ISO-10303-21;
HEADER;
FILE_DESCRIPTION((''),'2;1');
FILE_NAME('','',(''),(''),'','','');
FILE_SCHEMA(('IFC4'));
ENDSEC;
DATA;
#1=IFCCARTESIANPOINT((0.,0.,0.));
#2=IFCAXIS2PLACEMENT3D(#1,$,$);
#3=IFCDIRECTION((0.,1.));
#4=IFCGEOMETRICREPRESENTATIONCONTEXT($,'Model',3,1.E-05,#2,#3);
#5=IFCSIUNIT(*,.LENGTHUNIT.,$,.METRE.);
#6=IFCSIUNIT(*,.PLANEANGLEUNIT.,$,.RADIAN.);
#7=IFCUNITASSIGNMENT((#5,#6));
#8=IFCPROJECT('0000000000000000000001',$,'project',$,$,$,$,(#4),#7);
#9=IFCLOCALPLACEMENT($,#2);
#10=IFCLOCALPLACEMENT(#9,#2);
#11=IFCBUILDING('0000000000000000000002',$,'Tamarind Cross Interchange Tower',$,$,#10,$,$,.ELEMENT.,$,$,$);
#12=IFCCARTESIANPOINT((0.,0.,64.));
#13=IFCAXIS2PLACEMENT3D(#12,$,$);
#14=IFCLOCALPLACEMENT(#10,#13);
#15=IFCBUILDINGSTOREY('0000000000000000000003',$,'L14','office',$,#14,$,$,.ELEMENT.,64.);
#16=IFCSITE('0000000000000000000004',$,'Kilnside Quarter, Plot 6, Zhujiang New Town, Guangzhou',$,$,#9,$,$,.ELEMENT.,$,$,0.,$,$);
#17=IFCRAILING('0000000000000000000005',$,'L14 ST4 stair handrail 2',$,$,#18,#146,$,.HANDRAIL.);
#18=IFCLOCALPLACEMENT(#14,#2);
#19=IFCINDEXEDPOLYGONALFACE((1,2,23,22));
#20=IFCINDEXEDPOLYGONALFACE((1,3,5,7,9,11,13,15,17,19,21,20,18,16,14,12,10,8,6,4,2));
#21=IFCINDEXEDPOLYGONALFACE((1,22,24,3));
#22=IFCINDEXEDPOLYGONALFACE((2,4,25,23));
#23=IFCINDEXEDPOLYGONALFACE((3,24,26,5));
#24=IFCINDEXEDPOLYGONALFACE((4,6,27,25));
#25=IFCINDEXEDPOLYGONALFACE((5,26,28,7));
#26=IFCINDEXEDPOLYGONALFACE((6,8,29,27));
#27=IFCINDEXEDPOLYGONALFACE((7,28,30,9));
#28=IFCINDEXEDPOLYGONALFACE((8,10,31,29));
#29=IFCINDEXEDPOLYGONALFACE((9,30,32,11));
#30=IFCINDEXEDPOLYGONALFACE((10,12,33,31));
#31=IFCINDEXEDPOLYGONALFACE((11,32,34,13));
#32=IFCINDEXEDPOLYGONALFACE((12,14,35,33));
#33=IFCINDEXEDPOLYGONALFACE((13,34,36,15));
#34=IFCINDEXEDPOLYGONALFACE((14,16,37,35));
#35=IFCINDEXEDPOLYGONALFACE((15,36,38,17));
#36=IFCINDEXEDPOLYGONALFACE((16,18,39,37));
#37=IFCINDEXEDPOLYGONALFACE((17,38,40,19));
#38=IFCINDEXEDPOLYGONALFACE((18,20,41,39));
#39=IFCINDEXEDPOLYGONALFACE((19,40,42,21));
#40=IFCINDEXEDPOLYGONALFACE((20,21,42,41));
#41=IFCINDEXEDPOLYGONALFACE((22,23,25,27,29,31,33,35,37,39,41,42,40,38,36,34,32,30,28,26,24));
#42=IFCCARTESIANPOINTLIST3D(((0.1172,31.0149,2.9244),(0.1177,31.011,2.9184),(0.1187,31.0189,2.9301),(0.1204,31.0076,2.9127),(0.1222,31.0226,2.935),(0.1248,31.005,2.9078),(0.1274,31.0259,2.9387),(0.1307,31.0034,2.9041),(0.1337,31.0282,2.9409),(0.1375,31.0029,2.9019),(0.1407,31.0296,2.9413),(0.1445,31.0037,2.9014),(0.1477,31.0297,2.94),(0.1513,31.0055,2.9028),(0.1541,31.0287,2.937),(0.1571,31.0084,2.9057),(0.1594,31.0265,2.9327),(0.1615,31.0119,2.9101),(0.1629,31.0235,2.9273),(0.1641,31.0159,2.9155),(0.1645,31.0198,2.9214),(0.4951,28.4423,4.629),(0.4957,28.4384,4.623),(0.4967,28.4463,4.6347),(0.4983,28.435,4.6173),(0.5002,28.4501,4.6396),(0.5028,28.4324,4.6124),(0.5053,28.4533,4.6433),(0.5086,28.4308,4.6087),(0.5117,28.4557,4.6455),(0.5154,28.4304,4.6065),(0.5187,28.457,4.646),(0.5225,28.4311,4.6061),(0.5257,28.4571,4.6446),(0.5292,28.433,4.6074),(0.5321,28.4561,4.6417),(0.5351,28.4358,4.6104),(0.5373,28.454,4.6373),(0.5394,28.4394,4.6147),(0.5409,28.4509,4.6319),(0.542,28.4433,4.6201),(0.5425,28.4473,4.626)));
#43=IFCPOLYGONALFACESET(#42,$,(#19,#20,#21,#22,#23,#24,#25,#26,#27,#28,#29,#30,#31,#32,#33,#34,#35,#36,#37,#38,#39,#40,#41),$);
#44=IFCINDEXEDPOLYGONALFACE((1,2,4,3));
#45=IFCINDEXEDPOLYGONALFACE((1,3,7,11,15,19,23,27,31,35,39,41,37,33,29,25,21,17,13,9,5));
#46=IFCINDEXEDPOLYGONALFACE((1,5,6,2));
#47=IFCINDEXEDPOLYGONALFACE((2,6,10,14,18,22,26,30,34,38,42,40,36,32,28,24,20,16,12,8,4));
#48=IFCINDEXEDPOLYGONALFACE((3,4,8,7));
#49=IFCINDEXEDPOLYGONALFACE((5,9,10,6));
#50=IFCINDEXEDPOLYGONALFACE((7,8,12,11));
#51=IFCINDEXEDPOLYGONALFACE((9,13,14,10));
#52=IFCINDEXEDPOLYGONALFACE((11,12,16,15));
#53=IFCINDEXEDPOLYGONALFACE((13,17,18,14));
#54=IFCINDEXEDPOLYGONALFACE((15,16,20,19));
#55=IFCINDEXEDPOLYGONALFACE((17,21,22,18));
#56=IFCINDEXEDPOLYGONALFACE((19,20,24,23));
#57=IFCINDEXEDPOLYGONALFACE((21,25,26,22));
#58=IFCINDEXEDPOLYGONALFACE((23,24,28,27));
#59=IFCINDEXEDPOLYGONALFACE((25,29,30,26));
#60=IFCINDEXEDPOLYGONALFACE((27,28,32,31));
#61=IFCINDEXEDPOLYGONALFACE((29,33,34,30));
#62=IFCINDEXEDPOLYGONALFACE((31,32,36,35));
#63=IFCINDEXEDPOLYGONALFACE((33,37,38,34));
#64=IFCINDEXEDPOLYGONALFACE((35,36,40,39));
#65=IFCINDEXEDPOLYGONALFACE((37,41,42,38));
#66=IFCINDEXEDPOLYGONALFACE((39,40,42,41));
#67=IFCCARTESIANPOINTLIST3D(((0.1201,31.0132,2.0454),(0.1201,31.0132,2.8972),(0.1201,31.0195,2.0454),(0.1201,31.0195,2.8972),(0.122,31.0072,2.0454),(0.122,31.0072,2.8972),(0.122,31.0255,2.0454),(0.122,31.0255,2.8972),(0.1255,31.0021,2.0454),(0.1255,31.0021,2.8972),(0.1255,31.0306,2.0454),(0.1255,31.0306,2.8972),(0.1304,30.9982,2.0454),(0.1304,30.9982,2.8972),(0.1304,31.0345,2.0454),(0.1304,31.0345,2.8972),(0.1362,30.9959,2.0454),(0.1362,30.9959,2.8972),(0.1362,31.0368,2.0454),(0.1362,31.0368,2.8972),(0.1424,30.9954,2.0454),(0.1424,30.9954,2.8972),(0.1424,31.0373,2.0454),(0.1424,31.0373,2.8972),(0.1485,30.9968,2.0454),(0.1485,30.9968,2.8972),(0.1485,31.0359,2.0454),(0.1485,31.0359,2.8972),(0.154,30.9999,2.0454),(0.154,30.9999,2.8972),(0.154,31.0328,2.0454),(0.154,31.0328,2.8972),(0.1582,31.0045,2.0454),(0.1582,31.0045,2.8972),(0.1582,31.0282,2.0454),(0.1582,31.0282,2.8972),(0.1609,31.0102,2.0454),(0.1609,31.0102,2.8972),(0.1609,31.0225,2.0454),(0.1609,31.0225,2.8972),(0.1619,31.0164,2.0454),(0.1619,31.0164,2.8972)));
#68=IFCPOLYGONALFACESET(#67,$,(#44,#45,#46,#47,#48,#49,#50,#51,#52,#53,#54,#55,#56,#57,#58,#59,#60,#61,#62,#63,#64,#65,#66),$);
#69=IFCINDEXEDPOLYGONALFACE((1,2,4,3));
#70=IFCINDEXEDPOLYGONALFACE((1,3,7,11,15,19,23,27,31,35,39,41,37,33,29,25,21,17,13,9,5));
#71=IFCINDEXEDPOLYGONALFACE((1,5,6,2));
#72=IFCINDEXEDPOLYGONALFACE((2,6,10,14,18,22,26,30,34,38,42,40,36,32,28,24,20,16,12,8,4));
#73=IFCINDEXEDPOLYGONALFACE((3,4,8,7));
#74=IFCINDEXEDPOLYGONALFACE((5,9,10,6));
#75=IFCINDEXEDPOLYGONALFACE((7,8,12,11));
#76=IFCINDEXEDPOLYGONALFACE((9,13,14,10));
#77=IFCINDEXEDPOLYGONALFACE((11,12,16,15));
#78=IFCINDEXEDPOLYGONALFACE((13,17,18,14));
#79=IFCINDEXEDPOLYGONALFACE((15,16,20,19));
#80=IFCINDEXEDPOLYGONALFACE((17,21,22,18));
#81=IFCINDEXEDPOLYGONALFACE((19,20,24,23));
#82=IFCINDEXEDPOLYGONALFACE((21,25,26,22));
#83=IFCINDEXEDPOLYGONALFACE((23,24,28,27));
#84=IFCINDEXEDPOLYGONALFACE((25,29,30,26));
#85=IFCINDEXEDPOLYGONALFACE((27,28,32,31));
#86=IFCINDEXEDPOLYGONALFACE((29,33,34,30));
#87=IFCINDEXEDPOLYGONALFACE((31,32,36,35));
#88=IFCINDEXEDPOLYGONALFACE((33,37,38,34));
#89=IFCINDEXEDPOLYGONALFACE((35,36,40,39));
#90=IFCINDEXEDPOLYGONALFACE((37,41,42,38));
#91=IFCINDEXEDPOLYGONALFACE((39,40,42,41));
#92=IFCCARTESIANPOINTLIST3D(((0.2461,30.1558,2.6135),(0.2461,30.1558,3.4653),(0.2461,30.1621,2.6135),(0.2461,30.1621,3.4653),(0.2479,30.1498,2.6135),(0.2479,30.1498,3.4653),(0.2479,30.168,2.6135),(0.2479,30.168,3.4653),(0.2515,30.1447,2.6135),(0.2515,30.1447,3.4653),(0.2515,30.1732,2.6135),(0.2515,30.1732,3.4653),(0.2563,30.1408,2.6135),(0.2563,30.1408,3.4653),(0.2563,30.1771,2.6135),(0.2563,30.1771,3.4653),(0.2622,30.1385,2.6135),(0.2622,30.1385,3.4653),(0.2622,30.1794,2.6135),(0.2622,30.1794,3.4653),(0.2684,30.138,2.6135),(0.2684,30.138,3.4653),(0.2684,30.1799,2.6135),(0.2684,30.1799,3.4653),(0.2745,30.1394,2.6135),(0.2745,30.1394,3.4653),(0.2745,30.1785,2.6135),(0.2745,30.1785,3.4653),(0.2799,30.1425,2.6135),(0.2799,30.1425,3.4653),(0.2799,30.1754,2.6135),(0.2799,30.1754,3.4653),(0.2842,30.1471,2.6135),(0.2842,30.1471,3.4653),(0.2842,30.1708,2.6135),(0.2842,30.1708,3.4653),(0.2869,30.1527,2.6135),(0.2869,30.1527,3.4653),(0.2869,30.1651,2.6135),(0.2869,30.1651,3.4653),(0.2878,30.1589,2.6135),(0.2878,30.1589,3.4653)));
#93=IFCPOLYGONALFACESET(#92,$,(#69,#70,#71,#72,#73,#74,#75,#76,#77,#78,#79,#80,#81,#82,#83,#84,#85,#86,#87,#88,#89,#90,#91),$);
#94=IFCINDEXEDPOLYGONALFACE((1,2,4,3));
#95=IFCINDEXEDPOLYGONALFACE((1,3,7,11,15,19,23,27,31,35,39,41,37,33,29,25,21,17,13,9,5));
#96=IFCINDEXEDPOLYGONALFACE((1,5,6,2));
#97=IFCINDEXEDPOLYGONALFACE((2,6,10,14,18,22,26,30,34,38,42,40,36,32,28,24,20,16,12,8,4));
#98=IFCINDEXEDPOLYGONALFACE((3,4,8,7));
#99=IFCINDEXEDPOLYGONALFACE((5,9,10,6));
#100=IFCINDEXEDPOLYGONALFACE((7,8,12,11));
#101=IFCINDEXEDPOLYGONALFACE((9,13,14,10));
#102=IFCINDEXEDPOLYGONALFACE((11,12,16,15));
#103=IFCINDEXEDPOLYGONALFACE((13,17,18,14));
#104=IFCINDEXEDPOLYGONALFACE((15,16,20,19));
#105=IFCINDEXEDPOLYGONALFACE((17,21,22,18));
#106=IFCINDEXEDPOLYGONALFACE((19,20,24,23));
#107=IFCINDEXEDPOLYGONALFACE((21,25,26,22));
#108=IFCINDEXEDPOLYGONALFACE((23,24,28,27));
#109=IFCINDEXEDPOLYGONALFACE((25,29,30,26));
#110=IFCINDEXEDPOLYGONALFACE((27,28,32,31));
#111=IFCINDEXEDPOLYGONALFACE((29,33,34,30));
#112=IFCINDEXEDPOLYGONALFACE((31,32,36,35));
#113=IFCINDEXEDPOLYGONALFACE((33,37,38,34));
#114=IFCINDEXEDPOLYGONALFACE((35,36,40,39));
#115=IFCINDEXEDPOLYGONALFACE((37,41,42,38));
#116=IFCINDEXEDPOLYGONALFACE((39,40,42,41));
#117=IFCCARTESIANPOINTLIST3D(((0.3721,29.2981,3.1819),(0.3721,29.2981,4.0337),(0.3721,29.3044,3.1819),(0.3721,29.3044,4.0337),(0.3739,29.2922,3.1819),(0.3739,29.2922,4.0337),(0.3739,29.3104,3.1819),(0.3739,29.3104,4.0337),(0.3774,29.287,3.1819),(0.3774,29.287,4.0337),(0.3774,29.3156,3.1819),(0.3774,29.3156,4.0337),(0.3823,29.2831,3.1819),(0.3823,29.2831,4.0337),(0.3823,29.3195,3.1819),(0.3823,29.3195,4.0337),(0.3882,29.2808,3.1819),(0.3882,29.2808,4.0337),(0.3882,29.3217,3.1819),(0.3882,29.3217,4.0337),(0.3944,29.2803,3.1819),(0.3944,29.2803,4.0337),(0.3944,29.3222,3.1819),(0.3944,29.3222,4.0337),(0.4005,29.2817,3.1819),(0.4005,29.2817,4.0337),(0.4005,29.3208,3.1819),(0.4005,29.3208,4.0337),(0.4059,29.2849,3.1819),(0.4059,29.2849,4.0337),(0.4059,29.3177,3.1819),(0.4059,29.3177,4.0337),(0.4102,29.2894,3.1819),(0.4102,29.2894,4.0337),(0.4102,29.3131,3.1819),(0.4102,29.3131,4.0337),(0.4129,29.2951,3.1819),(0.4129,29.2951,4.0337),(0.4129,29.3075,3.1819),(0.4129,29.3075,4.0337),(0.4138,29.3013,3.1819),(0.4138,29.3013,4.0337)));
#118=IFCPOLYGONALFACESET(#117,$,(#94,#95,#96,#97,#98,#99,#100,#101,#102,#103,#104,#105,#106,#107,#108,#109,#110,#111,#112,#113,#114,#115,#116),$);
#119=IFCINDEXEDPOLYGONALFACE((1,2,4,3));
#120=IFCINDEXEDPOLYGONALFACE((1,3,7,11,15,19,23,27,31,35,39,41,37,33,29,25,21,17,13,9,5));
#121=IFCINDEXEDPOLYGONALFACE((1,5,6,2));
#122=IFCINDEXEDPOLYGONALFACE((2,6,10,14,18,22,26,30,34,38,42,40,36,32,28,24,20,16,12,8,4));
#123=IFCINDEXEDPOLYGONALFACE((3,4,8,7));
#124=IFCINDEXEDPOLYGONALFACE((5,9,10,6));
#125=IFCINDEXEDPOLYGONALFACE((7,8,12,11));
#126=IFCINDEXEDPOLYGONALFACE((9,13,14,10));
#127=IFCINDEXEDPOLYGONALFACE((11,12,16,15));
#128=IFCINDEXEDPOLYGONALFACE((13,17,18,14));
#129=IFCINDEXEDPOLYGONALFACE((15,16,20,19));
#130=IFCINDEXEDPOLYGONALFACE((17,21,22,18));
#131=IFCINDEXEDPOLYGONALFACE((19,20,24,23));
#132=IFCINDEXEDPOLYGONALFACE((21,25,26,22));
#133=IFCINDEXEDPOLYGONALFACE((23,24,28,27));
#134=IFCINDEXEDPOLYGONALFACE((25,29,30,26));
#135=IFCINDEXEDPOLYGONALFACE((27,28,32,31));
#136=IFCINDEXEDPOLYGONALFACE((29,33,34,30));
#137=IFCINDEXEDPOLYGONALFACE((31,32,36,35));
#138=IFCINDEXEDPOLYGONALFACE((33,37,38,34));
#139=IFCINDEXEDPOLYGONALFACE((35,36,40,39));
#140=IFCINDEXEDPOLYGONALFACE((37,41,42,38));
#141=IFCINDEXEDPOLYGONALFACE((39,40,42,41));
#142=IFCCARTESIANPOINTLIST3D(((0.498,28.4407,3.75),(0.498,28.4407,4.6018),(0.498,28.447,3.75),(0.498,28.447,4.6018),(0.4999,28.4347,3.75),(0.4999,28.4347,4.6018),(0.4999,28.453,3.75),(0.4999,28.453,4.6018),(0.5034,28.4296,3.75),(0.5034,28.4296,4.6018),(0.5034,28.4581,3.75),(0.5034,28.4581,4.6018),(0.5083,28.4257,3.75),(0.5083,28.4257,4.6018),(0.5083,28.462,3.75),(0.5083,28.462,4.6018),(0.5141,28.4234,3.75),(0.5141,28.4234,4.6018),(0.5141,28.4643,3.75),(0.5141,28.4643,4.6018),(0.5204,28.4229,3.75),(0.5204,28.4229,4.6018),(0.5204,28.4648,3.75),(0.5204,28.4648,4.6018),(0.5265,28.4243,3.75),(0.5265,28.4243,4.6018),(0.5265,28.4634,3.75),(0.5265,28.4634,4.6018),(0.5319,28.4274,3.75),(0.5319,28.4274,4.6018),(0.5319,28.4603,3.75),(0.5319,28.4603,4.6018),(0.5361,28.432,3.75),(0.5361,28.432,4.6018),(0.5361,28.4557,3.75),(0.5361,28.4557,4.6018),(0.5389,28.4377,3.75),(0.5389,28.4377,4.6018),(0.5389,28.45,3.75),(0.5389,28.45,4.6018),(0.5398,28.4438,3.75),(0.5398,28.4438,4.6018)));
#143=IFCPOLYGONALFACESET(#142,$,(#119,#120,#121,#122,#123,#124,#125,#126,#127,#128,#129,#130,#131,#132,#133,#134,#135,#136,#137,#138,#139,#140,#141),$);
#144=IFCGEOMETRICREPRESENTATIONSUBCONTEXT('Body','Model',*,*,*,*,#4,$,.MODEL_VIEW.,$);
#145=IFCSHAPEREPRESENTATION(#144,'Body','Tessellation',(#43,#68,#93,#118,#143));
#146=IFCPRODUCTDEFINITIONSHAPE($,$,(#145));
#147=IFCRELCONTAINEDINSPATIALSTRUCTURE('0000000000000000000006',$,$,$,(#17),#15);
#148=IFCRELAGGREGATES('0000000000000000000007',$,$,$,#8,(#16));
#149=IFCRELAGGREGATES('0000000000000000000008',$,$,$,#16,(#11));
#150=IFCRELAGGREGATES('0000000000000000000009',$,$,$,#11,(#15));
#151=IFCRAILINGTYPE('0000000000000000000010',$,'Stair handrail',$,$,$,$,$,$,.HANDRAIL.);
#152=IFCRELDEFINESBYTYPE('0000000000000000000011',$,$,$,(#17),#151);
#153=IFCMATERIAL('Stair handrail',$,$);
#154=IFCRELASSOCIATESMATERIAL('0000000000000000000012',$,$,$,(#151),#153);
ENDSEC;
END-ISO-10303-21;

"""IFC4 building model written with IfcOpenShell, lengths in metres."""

from ifc_helpers import new_model, si_unit, direction, frame, origin, origin_2d, place, context, subcontext, project, spatial, circle, extrude, material, type_object, element, save


model = new_model("IFC4")

# Units and contexts
model_context = context("Model", 3, precision=1e-05, world=origin(), true_north=direction((0.0, 1.0)))
body_context = subcontext(model_context, "Body", "Model", "MODEL_VIEW")
ifc_project = project(units=[si_unit("LENGTHUNIT", "METRE"), si_unit("PLANEANGLEUNIT", "RADIAN")], contexts=[model_context])

# Site, building, storey
site_placement = place(None, origin())
site = spatial("IfcSite", under=ifc_project, at=site_placement, Name="Kilnside Quarter, Plot 6, Zhujiang New Town, Guangzhou", CompositionType="ELEMENT", RefElevation=0.0)
building_placement = place(site_placement, origin())
building = spatial("IfcBuilding", under=site, at=building_placement, Name="Tamarind Cross Interchange Tower", CompositionType="ELEMENT")
storey_placement = place(building_placement, frame((0.0, 0.0, 64.0)))
storey = spatial("IfcBuildingStorey", under=building, at=storey_placement, Name="L14", Description="office", CompositionType="ELEMENT", Elevation=64.0)

# Railing
ifc_material_1 = material(Name="Stair handrail")
railing_type_1 = type_object("IfcRailingType", Name="Stair handrail", PredefinedType="HANDRAIL", material=ifc_material_1)
railing_1_placement = place(storey_placement, frame((0.1409, 31.0164, 2.0454)))
element("IfcRailing", 1, at=railing_1_placement, inside=storey, type_object=railing_type_1, Name="L14 ST4 stair handrail 2", PredefinedType="HANDRAIL", context=body_context, shape_type="SweptSolid", body=[
    extrude(circle(Radius=0.0239, at=origin_2d()), frame((0.0, 0.0, 0.876), z_axis=(0.121557, -0.827423, 0.548265), x_axis=(0.98938, 0.145351, 0.0)), (0.0, 0.0, 1.0), 3.1091),
    extrude(circle(Radius=0.021, at=origin_2d()), origin(), (0.0, 0.0, 1.0), 0.8518),
    extrude(circle(Radius=0.021, at=origin_2d()), frame((0.126, -0.8574, 0.5681)), (0.0, 0.0, 1.0), 0.8518),
    extrude(circle(Radius=0.021, at=origin_2d()), frame((0.252, -1.7151, 1.1365)), (0.0, 0.0, 1.0), 0.8518),
    extrude(circle(Radius=0.021, at=origin_2d()), frame((0.3779, -2.5725, 1.7046)), (0.0, 0.0, 1.0), 0.8518),
])

save(model, "model.ifc")
